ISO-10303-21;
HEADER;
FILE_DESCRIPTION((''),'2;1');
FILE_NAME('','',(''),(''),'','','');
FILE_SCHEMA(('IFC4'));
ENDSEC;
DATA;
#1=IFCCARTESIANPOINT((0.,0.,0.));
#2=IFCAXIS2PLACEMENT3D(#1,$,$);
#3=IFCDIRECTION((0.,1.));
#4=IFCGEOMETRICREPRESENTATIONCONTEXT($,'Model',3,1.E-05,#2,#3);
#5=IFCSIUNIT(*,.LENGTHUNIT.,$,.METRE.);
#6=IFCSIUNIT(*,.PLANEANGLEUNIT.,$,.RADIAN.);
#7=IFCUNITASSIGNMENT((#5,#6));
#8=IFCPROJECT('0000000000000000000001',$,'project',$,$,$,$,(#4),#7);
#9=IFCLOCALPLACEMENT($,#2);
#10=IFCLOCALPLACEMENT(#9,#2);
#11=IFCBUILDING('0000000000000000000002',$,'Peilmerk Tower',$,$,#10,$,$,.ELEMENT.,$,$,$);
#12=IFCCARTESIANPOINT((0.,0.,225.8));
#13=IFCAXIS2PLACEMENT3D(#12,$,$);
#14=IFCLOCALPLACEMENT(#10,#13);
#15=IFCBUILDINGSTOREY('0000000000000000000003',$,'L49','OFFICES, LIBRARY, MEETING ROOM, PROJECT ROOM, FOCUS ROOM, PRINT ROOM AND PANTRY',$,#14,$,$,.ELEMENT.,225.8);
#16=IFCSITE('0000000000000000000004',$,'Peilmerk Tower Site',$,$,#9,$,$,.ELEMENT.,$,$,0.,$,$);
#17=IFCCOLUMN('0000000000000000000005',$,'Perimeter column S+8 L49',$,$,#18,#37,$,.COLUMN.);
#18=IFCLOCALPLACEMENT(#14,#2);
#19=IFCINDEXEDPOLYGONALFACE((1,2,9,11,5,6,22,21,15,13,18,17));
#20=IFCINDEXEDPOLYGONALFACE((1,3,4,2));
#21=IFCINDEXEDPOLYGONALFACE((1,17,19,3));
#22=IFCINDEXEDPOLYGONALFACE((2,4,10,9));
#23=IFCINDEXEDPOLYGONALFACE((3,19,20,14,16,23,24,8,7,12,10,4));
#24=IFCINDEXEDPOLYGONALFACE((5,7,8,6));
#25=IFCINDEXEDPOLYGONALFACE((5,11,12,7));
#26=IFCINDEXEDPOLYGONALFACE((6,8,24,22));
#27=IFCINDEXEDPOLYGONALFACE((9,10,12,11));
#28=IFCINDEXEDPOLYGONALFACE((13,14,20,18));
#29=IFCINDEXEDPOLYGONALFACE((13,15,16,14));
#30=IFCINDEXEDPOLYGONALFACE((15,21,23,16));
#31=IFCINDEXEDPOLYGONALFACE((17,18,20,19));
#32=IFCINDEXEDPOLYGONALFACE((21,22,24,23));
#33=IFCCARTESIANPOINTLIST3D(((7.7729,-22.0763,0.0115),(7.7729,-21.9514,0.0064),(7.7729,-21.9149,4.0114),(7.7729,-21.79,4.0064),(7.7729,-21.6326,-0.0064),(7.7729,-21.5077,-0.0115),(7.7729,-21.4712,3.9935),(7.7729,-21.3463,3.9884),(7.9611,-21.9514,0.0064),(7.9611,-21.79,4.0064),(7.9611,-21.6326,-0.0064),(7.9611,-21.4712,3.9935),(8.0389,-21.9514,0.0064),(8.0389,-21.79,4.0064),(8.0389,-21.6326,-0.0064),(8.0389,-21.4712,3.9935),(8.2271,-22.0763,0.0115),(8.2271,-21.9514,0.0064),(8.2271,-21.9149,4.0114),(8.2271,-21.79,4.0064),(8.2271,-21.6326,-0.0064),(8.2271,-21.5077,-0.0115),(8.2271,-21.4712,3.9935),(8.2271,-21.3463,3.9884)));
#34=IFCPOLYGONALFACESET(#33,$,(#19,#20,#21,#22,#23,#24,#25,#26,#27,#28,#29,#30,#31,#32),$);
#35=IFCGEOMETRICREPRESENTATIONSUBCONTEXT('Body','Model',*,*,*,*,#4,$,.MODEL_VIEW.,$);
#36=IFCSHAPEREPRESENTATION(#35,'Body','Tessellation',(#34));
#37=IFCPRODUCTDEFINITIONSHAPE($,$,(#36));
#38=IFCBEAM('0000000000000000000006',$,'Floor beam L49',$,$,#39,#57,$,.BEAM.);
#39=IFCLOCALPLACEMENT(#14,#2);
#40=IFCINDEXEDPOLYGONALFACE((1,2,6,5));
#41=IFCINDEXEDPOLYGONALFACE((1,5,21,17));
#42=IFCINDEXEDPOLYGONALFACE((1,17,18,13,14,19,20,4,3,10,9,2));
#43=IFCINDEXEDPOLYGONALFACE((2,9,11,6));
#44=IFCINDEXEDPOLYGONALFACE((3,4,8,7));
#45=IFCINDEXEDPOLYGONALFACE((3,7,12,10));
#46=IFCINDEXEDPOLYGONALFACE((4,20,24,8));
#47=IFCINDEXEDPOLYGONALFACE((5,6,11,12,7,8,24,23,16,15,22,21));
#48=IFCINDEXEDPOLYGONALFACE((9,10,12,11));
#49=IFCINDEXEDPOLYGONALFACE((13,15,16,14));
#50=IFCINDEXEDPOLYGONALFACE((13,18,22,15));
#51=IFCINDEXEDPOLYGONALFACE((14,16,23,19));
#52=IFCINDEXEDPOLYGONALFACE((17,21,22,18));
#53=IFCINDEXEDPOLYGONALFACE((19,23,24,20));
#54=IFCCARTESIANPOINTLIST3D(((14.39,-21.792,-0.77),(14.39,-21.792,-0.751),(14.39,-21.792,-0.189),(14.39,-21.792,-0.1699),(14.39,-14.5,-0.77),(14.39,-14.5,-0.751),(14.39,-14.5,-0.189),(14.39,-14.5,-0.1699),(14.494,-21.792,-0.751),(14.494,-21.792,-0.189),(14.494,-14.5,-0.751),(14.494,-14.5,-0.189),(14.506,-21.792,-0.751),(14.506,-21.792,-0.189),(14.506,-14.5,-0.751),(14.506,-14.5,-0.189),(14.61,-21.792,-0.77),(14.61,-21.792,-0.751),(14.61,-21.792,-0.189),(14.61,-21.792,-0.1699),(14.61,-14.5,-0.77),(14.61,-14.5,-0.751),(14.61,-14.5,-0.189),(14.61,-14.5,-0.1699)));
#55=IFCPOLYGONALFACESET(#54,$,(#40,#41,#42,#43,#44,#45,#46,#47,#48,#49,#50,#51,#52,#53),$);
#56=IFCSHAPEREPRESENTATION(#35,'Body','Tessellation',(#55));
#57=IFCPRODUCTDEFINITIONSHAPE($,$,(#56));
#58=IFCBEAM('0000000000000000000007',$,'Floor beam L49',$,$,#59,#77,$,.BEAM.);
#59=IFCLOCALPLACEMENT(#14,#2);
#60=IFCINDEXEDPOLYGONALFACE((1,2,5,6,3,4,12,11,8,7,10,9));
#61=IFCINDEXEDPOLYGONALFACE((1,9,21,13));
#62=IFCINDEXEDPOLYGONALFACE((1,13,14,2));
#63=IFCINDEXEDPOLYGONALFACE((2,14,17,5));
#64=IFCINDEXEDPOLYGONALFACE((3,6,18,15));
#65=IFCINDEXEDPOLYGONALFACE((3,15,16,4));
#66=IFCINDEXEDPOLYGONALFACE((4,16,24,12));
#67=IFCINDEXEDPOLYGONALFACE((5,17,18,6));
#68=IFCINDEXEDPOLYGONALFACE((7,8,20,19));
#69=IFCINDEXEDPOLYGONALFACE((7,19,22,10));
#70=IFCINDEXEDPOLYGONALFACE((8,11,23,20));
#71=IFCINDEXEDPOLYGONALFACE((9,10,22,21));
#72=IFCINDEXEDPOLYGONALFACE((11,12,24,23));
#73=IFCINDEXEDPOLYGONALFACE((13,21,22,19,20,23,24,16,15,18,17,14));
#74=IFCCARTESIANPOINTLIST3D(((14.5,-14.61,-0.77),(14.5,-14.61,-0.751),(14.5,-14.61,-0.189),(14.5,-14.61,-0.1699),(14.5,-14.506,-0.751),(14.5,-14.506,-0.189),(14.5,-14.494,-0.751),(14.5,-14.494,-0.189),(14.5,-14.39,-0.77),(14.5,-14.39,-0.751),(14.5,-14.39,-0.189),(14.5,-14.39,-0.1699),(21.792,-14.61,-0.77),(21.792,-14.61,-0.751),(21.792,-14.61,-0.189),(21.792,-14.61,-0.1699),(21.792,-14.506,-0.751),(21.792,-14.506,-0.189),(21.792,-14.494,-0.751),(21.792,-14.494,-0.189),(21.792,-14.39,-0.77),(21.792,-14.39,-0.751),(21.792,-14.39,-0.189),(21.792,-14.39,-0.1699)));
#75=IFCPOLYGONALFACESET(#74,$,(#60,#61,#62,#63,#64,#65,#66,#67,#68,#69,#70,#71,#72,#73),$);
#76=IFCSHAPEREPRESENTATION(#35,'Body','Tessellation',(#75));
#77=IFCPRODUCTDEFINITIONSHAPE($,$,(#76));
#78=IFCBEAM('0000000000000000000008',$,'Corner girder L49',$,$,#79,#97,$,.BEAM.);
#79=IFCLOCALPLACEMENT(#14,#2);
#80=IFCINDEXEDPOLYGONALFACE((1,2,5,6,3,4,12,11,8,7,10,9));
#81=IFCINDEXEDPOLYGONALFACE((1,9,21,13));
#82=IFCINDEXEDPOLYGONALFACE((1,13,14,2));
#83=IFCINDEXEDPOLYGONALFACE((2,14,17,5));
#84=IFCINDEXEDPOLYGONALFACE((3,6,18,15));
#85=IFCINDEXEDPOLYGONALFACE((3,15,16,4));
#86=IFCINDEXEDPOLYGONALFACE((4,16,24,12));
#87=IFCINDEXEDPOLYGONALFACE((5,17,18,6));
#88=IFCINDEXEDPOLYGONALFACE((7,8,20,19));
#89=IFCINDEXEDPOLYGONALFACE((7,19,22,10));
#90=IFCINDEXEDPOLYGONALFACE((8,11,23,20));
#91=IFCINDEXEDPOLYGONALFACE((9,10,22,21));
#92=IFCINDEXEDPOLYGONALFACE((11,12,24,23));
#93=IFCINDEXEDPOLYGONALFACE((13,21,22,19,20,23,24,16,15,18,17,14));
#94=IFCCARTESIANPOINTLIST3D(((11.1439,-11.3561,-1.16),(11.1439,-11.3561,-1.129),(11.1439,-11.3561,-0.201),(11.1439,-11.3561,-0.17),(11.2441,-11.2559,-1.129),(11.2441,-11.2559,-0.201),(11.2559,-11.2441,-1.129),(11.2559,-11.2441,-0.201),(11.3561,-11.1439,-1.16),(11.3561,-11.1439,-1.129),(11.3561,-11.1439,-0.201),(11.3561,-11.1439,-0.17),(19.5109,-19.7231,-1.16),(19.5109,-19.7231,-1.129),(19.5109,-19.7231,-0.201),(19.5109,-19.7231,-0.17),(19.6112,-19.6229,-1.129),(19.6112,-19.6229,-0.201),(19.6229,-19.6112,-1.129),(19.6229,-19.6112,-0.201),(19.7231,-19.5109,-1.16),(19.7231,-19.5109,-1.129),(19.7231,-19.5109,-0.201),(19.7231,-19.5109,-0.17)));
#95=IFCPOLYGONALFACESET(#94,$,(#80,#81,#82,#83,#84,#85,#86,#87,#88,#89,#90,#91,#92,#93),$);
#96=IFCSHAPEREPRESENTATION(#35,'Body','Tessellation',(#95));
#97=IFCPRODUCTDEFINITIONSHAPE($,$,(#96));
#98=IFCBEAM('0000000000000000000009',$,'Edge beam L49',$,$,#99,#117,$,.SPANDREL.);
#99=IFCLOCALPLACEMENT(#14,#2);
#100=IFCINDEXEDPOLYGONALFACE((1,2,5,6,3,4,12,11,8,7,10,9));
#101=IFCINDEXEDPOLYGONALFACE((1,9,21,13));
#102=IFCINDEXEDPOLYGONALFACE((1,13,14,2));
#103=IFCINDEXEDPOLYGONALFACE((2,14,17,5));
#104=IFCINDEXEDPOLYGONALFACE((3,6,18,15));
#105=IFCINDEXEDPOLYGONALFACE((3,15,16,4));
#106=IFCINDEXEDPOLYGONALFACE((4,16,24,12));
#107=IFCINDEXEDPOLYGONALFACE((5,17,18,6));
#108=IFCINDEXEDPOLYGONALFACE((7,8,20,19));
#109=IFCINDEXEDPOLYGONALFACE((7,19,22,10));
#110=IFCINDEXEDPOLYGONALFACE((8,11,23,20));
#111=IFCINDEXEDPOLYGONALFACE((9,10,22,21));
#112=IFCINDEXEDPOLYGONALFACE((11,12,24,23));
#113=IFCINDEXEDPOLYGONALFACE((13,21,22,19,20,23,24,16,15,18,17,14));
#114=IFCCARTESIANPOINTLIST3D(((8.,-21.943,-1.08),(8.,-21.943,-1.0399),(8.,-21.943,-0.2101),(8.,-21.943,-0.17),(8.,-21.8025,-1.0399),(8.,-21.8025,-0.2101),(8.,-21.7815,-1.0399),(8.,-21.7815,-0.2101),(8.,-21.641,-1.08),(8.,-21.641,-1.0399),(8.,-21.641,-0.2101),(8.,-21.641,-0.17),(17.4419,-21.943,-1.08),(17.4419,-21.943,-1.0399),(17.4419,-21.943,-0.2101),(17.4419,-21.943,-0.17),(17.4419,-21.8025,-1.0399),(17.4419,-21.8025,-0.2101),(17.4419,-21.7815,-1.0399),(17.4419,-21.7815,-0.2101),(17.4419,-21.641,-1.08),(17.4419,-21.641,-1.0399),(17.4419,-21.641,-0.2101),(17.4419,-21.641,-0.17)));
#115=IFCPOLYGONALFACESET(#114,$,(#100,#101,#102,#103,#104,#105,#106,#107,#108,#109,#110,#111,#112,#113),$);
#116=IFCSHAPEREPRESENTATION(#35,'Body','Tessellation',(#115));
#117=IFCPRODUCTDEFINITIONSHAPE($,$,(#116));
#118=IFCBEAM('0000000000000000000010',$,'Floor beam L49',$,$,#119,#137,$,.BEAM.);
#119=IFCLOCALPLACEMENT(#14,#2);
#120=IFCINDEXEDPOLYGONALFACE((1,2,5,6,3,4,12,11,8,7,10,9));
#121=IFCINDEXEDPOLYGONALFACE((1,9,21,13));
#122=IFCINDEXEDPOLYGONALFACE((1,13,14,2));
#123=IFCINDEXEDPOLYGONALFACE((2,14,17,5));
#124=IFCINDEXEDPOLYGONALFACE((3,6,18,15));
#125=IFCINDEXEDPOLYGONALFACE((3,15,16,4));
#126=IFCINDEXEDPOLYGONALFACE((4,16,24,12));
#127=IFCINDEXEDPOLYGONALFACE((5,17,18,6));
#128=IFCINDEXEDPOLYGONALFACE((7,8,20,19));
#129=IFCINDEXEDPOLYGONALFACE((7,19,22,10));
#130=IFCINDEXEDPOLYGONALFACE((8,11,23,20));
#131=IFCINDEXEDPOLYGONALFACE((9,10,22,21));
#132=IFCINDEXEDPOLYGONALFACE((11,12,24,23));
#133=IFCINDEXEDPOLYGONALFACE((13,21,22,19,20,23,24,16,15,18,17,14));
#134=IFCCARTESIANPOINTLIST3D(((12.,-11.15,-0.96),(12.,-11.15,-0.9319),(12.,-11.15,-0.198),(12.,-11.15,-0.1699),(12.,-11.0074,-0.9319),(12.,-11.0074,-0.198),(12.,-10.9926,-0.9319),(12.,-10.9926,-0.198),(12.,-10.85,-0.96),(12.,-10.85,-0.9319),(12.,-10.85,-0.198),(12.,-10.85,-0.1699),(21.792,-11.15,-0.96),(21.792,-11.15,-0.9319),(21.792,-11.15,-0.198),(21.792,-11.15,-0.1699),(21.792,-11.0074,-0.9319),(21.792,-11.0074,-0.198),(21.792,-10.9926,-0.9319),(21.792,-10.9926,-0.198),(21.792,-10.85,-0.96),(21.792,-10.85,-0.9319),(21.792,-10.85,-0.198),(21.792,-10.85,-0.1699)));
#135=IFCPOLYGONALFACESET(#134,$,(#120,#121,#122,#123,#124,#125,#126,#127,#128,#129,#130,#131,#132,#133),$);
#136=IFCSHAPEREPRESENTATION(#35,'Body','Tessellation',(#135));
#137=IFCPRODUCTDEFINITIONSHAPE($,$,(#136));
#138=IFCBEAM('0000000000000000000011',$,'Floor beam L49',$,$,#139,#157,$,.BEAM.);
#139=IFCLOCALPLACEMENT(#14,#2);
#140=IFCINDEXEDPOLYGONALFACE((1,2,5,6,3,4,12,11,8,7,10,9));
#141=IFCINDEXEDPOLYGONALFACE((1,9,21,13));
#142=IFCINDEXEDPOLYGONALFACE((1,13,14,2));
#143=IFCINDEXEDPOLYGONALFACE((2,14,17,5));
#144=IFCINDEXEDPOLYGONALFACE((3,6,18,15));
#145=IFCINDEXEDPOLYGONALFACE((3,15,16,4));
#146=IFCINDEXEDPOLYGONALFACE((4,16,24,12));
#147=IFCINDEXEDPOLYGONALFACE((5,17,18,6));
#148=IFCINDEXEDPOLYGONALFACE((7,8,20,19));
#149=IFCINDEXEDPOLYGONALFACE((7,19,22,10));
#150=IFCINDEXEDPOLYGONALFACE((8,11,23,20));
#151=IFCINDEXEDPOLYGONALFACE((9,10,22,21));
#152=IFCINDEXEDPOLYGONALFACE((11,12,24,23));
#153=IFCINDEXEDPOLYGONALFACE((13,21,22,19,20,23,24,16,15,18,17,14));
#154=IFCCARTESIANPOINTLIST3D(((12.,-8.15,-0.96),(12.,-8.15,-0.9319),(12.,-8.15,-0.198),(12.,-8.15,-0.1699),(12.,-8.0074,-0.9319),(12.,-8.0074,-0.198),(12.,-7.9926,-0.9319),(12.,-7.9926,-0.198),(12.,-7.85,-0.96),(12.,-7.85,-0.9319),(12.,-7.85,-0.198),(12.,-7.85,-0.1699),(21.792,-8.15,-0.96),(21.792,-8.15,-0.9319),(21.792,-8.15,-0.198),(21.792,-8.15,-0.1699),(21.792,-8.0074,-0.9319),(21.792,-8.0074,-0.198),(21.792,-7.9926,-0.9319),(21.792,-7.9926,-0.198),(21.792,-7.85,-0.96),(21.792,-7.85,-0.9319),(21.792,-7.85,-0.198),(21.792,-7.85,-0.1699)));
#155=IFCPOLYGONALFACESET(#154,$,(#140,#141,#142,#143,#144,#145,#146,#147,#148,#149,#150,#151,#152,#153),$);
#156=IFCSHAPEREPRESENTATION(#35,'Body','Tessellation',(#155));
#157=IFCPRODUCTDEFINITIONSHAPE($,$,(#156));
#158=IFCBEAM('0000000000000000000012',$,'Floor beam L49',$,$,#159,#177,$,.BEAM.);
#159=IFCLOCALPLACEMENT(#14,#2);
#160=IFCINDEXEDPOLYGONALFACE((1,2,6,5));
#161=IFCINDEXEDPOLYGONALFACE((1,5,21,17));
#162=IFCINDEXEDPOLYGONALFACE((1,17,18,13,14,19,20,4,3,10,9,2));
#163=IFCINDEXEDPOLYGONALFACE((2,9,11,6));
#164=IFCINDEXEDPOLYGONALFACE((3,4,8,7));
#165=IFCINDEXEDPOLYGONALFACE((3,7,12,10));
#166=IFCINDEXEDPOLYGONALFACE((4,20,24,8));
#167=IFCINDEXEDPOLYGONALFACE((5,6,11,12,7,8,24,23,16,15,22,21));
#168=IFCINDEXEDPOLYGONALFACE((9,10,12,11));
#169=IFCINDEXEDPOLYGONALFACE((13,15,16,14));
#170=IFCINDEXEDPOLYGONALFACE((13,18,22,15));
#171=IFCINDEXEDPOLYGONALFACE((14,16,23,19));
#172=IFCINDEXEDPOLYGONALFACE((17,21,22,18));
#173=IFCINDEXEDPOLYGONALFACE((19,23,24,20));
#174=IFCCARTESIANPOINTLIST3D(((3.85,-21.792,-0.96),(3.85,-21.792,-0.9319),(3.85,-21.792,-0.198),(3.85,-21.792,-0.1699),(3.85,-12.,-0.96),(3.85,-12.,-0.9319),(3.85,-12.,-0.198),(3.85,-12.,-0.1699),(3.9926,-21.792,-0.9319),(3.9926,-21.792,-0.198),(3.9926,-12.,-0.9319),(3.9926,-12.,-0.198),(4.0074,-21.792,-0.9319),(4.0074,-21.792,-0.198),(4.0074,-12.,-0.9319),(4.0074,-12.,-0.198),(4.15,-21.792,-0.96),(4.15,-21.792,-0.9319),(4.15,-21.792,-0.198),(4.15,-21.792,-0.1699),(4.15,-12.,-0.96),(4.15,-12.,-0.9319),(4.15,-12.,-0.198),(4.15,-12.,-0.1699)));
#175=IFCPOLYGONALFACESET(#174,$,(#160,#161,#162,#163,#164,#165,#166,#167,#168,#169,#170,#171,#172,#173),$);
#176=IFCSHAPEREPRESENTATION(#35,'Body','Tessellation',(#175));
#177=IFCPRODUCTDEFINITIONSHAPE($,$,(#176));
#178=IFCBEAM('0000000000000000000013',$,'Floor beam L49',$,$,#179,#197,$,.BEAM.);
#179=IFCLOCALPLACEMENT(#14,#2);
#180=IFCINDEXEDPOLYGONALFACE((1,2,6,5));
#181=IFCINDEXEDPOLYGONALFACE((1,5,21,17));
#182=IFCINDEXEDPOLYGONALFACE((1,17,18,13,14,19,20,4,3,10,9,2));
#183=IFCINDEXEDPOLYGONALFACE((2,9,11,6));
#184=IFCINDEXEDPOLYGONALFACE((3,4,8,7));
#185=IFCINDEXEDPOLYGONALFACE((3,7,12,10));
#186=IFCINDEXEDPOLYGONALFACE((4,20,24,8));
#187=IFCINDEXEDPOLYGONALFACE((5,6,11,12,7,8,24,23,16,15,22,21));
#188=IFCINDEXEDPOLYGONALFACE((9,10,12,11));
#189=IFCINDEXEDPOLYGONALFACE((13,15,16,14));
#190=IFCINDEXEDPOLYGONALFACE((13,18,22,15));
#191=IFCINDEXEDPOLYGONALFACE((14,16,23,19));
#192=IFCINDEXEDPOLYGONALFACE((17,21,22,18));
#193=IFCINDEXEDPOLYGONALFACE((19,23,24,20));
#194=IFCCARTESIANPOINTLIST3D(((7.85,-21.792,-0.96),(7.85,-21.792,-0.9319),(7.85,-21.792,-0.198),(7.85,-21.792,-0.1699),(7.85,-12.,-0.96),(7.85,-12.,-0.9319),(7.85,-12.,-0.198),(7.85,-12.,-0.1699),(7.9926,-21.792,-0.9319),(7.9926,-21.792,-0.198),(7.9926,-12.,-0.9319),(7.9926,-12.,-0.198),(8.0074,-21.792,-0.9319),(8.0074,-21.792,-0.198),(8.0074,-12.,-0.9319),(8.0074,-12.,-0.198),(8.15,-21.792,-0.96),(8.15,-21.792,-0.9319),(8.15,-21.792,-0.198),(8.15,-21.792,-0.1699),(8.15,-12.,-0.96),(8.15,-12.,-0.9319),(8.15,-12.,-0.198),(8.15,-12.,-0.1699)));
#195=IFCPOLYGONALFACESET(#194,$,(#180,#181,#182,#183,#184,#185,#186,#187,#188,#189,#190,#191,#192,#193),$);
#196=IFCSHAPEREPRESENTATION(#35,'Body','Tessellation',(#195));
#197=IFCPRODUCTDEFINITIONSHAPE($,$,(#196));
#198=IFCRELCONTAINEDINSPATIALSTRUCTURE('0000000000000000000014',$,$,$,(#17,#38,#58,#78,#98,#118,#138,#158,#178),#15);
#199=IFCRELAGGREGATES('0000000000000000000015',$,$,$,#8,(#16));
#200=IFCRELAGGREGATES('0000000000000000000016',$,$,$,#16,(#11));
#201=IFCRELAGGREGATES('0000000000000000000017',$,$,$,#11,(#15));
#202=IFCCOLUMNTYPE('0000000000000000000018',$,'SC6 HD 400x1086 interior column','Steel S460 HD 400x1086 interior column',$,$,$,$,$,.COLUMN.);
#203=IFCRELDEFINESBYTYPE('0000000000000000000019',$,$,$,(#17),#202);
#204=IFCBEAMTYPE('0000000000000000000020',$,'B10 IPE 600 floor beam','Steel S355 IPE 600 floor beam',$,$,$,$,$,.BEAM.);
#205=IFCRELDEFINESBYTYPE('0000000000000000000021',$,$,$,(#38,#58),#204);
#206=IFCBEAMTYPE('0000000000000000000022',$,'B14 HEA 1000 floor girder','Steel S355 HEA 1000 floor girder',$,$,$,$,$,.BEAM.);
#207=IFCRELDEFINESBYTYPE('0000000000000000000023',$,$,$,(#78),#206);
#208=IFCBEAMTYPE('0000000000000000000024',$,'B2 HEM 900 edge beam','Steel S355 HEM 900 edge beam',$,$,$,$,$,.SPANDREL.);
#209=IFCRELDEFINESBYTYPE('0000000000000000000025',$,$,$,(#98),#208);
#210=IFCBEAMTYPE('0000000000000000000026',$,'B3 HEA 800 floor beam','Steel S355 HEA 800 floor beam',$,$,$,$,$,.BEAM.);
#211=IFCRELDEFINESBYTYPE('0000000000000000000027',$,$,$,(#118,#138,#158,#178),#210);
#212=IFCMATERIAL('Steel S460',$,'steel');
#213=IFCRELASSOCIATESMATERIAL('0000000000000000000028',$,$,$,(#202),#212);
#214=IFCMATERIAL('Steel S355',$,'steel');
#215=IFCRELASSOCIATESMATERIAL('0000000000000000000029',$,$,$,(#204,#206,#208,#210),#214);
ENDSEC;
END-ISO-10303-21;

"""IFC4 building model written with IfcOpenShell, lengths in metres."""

from ifc_helpers import new_model, si_unit, direction, frame, origin, origin_2d, place, context, subcontext, project, spatial, i_section, extrude, material, material_profile, profile_set, type_object, element, save


model = new_model("IFC4")

# Units and contexts
model_context = context("Model", 3, precision=1e-05, world=origin(), true_north=direction((0.0, 1.0)))
body_context = subcontext(model_context, "Body", "Model", "MODEL_VIEW")
ifc_project = project(units=[si_unit("LENGTHUNIT", "METRE"), si_unit("PLANEANGLEUNIT", "RADIAN")], contexts=[model_context])

# Site, building, storey
site_placement = place(None, origin())
site = spatial("IfcSite", under=ifc_project, at=site_placement, Name="Peilmerk Tower Site", CompositionType="ELEMENT", RefElevation=0.0)
building_placement = place(site_placement, origin())
building = spatial("IfcBuilding", under=site, at=building_placement, Name="Peilmerk Tower", CompositionType="ELEMENT")
storey_placement = place(building_placement, frame((0.0, 0.0, 225.8)))
storey = spatial("IfcBuildingStorey", under=building, at=storey_placement, Name="L49", Description="OFFICES, LIBRARY, MEETING ROOM, PROJECT ROOM, FOCUS ROOM, PRINT ROOM AND PANTRY", CompositionType="ELEMENT", Elevation=225.8)

# Column
ifc_material_1 = material(Name="Steel S460", Category="steel")
ifc_material_profile_1 = material_profile(ifc_material_1, i_section(OverallWidth=0.4541, OverallDepth=0.5691, WebThickness=0.0779, FlangeThickness=0.125, at=origin_2d()), Name="HD 400x1086")
ifc_profile_set_1 = profile_set([ifc_material_profile_1], Name="Steel S460")
column_type = type_object("IfcColumnType", Name="SC6 HD 400x1086 interior column", Description="Steel S460 HD 400x1086 interior column", PredefinedType="COLUMN", material=ifc_profile_set_1)
column_placement = place(storey_placement, frame((8.0, -21.792, 0.0), z_axis=(0.0, 0.040311, 0.999187), x_axis=(-1.0, 0.0, 0.0)))
element("IfcColumn", 1, at=column_placement, inside=storey, type_object=column_type, Name="Perimeter column S+8 L49", PredefinedType="COLUMN", context=body_context, shape_type="SweptSolid", body=[
    extrude(i_section(OverallWidth=0.4541, OverallDepth=0.5691, WebThickness=0.0779, FlangeThickness=0.125, at=origin_2d()), origin(), (0.0, 0.0, 1.0), 4.0032),
])

# Beams
ifc_material_2 = material(Name="Steel S355", Category="steel")
ifc_material_profile_2 = material_profile(ifc_material_2, i_section(OverallWidth=0.22, OverallDepth=0.6001, WebThickness=0.012, FlangeThickness=0.019, at=origin_2d()), Name="IPE 600")
ifc_profile_set_2 = profile_set([ifc_material_profile_2], Name="Steel S355")
beam_type_1 = type_object("IfcBeamType", Name="B10 IPE 600 floor beam", Description="Steel S355 IPE 600 floor beam", PredefinedType="BEAM", material=ifc_profile_set_2)
for number, where, z_axis, x_axis, name in (
    (2, (14.5, -14.5, -0.47), (0.0, -1.0, 0.0), (1.0, 0.0, 0.0), "Floor beam L49"),
    (3, (14.5, -14.5, -0.47), (1.0, 0.0, 0.0), (0.0, 1.0, 0.0), "Floor beam L49"),
):
    element("IfcBeam", number, at=place(storey_placement, frame(where, z_axis=z_axis, x_axis=x_axis)), inside=storey, type_object=beam_type_1, Name=name, PredefinedType="BEAM", context=body_context, shape_type="SweptSolid", body=[
        extrude(i_section(OverallWidth=0.22, OverallDepth=0.6001, WebThickness=0.012, FlangeThickness=0.019, at=origin_2d()), origin(), (0.0, 0.0, 1.0), 7.292),
    ])
ifc_material_profile_3 = material_profile(ifc_material_2, i_section(OverallWidth=0.3, OverallDepth=0.99, WebThickness=0.0166, FlangeThickness=0.031, at=origin_2d()), Name="HEA 1000")
ifc_profile_set_3 = profile_set([ifc_material_profile_3], Name="Steel S355")
beam_type_2 = type_object("IfcBeamType", Name="B14 HEA 1000 floor girder", Description="Steel S355 HEA 1000 floor girder", PredefinedType="BEAM", material=ifc_profile_set_3)
beam_1_placement = place(storey_placement, frame((11.25, -11.25, -0.665), z_axis=(0.707107, -0.707107, 0.0), x_axis=(0.707107, 0.707107, 0.0)))
element("IfcBeam", 4, at=beam_1_placement, inside=storey, type_object=beam_type_2, Name="Corner girder L49", PredefinedType="BEAM", context=body_context, shape_type="SweptSolid", body=[
    extrude(i_section(OverallWidth=0.3, OverallDepth=0.99, WebThickness=0.0166, FlangeThickness=0.031, at=origin_2d()), origin(), (0.0, 0.0, 1.0), 11.8328),
])
ifc_material_profile_4 = material_profile(ifc_material_2, i_section(OverallWidth=0.302, OverallDepth=0.9099, WebThickness=0.021, FlangeThickness=0.04, at=origin_2d()), Name="HEM 900")
ifc_profile_set_4 = profile_set([ifc_material_profile_4], Name="Steel S355")
beam_type_3 = type_object("IfcBeamType", Name="B2 HEM 900 edge beam", Description="Steel S355 HEM 900 edge beam", PredefinedType="SPANDREL", material=ifc_profile_set_4)
beam_2_placement = place(storey_placement, frame((8.0, -21.792, -0.625), z_axis=(1.0, 0.0, 0.0), x_axis=(0.0, 1.0, 0.0)))
element("IfcBeam", 5, at=beam_2_placement, inside=storey, type_object=beam_type_3, Name="Edge beam L49", PredefinedType="SPANDREL", context=body_context, shape_type="SweptSolid", body=[
    extrude(i_section(OverallWidth=0.302, OverallDepth=0.9099, WebThickness=0.021, FlangeThickness=0.04, at=origin_2d()), origin(), (0.0, 0.0, 1.0), 9.4419),
])
ifc_material_profile_5 = material_profile(ifc_material_2, i_section(OverallWidth=0.3, OverallDepth=0.79, WebThickness=0.0149, FlangeThickness=0.0281, at=origin_2d()), Name="HEA 800")
ifc_profile_set_5 = profile_set([ifc_material_profile_5], Name="Steel S355")
beam_type_4 = type_object("IfcBeamType", Name="B3 HEA 800 floor beam", Description="Steel S355 HEA 800 floor beam", PredefinedType="BEAM", material=ifc_profile_set_5)
for number, where, z_axis, x_axis, name in (
    (6, (12.0, -11.0, -0.5649), (1.0, 0.0, 0.0), (0.0, 1.0, 0.0), "Floor beam L49"),
    (7, (12.0, -8.0, -0.5649), (1.0, 0.0, 0.0), (0.0, 1.0, 0.0), "Floor beam L49"),
    (8, (4.0, -12.0, -0.5649), (0.0, -1.0, 0.0), (1.0, 0.0, 0.0), "Floor beam L49"),
    (9, (8.0, -12.0, -0.5649), (0.0, -1.0, 0.0), (1.0, 0.0, 0.0), "Floor beam L49"),
):
    element("IfcBeam", number, at=place(storey_placement, frame(where, z_axis=z_axis, x_axis=x_axis)), inside=storey, type_object=beam_type_4, Name=name, PredefinedType="BEAM", context=body_context, shape_type="SweptSolid", body=[
        extrude(i_section(OverallWidth=0.3, OverallDepth=0.79, WebThickness=0.0149, FlangeThickness=0.0281, at=origin_2d()), origin(), (0.0, 0.0, 1.0), 9.792),
    ])

save(model, "model.ifc")
